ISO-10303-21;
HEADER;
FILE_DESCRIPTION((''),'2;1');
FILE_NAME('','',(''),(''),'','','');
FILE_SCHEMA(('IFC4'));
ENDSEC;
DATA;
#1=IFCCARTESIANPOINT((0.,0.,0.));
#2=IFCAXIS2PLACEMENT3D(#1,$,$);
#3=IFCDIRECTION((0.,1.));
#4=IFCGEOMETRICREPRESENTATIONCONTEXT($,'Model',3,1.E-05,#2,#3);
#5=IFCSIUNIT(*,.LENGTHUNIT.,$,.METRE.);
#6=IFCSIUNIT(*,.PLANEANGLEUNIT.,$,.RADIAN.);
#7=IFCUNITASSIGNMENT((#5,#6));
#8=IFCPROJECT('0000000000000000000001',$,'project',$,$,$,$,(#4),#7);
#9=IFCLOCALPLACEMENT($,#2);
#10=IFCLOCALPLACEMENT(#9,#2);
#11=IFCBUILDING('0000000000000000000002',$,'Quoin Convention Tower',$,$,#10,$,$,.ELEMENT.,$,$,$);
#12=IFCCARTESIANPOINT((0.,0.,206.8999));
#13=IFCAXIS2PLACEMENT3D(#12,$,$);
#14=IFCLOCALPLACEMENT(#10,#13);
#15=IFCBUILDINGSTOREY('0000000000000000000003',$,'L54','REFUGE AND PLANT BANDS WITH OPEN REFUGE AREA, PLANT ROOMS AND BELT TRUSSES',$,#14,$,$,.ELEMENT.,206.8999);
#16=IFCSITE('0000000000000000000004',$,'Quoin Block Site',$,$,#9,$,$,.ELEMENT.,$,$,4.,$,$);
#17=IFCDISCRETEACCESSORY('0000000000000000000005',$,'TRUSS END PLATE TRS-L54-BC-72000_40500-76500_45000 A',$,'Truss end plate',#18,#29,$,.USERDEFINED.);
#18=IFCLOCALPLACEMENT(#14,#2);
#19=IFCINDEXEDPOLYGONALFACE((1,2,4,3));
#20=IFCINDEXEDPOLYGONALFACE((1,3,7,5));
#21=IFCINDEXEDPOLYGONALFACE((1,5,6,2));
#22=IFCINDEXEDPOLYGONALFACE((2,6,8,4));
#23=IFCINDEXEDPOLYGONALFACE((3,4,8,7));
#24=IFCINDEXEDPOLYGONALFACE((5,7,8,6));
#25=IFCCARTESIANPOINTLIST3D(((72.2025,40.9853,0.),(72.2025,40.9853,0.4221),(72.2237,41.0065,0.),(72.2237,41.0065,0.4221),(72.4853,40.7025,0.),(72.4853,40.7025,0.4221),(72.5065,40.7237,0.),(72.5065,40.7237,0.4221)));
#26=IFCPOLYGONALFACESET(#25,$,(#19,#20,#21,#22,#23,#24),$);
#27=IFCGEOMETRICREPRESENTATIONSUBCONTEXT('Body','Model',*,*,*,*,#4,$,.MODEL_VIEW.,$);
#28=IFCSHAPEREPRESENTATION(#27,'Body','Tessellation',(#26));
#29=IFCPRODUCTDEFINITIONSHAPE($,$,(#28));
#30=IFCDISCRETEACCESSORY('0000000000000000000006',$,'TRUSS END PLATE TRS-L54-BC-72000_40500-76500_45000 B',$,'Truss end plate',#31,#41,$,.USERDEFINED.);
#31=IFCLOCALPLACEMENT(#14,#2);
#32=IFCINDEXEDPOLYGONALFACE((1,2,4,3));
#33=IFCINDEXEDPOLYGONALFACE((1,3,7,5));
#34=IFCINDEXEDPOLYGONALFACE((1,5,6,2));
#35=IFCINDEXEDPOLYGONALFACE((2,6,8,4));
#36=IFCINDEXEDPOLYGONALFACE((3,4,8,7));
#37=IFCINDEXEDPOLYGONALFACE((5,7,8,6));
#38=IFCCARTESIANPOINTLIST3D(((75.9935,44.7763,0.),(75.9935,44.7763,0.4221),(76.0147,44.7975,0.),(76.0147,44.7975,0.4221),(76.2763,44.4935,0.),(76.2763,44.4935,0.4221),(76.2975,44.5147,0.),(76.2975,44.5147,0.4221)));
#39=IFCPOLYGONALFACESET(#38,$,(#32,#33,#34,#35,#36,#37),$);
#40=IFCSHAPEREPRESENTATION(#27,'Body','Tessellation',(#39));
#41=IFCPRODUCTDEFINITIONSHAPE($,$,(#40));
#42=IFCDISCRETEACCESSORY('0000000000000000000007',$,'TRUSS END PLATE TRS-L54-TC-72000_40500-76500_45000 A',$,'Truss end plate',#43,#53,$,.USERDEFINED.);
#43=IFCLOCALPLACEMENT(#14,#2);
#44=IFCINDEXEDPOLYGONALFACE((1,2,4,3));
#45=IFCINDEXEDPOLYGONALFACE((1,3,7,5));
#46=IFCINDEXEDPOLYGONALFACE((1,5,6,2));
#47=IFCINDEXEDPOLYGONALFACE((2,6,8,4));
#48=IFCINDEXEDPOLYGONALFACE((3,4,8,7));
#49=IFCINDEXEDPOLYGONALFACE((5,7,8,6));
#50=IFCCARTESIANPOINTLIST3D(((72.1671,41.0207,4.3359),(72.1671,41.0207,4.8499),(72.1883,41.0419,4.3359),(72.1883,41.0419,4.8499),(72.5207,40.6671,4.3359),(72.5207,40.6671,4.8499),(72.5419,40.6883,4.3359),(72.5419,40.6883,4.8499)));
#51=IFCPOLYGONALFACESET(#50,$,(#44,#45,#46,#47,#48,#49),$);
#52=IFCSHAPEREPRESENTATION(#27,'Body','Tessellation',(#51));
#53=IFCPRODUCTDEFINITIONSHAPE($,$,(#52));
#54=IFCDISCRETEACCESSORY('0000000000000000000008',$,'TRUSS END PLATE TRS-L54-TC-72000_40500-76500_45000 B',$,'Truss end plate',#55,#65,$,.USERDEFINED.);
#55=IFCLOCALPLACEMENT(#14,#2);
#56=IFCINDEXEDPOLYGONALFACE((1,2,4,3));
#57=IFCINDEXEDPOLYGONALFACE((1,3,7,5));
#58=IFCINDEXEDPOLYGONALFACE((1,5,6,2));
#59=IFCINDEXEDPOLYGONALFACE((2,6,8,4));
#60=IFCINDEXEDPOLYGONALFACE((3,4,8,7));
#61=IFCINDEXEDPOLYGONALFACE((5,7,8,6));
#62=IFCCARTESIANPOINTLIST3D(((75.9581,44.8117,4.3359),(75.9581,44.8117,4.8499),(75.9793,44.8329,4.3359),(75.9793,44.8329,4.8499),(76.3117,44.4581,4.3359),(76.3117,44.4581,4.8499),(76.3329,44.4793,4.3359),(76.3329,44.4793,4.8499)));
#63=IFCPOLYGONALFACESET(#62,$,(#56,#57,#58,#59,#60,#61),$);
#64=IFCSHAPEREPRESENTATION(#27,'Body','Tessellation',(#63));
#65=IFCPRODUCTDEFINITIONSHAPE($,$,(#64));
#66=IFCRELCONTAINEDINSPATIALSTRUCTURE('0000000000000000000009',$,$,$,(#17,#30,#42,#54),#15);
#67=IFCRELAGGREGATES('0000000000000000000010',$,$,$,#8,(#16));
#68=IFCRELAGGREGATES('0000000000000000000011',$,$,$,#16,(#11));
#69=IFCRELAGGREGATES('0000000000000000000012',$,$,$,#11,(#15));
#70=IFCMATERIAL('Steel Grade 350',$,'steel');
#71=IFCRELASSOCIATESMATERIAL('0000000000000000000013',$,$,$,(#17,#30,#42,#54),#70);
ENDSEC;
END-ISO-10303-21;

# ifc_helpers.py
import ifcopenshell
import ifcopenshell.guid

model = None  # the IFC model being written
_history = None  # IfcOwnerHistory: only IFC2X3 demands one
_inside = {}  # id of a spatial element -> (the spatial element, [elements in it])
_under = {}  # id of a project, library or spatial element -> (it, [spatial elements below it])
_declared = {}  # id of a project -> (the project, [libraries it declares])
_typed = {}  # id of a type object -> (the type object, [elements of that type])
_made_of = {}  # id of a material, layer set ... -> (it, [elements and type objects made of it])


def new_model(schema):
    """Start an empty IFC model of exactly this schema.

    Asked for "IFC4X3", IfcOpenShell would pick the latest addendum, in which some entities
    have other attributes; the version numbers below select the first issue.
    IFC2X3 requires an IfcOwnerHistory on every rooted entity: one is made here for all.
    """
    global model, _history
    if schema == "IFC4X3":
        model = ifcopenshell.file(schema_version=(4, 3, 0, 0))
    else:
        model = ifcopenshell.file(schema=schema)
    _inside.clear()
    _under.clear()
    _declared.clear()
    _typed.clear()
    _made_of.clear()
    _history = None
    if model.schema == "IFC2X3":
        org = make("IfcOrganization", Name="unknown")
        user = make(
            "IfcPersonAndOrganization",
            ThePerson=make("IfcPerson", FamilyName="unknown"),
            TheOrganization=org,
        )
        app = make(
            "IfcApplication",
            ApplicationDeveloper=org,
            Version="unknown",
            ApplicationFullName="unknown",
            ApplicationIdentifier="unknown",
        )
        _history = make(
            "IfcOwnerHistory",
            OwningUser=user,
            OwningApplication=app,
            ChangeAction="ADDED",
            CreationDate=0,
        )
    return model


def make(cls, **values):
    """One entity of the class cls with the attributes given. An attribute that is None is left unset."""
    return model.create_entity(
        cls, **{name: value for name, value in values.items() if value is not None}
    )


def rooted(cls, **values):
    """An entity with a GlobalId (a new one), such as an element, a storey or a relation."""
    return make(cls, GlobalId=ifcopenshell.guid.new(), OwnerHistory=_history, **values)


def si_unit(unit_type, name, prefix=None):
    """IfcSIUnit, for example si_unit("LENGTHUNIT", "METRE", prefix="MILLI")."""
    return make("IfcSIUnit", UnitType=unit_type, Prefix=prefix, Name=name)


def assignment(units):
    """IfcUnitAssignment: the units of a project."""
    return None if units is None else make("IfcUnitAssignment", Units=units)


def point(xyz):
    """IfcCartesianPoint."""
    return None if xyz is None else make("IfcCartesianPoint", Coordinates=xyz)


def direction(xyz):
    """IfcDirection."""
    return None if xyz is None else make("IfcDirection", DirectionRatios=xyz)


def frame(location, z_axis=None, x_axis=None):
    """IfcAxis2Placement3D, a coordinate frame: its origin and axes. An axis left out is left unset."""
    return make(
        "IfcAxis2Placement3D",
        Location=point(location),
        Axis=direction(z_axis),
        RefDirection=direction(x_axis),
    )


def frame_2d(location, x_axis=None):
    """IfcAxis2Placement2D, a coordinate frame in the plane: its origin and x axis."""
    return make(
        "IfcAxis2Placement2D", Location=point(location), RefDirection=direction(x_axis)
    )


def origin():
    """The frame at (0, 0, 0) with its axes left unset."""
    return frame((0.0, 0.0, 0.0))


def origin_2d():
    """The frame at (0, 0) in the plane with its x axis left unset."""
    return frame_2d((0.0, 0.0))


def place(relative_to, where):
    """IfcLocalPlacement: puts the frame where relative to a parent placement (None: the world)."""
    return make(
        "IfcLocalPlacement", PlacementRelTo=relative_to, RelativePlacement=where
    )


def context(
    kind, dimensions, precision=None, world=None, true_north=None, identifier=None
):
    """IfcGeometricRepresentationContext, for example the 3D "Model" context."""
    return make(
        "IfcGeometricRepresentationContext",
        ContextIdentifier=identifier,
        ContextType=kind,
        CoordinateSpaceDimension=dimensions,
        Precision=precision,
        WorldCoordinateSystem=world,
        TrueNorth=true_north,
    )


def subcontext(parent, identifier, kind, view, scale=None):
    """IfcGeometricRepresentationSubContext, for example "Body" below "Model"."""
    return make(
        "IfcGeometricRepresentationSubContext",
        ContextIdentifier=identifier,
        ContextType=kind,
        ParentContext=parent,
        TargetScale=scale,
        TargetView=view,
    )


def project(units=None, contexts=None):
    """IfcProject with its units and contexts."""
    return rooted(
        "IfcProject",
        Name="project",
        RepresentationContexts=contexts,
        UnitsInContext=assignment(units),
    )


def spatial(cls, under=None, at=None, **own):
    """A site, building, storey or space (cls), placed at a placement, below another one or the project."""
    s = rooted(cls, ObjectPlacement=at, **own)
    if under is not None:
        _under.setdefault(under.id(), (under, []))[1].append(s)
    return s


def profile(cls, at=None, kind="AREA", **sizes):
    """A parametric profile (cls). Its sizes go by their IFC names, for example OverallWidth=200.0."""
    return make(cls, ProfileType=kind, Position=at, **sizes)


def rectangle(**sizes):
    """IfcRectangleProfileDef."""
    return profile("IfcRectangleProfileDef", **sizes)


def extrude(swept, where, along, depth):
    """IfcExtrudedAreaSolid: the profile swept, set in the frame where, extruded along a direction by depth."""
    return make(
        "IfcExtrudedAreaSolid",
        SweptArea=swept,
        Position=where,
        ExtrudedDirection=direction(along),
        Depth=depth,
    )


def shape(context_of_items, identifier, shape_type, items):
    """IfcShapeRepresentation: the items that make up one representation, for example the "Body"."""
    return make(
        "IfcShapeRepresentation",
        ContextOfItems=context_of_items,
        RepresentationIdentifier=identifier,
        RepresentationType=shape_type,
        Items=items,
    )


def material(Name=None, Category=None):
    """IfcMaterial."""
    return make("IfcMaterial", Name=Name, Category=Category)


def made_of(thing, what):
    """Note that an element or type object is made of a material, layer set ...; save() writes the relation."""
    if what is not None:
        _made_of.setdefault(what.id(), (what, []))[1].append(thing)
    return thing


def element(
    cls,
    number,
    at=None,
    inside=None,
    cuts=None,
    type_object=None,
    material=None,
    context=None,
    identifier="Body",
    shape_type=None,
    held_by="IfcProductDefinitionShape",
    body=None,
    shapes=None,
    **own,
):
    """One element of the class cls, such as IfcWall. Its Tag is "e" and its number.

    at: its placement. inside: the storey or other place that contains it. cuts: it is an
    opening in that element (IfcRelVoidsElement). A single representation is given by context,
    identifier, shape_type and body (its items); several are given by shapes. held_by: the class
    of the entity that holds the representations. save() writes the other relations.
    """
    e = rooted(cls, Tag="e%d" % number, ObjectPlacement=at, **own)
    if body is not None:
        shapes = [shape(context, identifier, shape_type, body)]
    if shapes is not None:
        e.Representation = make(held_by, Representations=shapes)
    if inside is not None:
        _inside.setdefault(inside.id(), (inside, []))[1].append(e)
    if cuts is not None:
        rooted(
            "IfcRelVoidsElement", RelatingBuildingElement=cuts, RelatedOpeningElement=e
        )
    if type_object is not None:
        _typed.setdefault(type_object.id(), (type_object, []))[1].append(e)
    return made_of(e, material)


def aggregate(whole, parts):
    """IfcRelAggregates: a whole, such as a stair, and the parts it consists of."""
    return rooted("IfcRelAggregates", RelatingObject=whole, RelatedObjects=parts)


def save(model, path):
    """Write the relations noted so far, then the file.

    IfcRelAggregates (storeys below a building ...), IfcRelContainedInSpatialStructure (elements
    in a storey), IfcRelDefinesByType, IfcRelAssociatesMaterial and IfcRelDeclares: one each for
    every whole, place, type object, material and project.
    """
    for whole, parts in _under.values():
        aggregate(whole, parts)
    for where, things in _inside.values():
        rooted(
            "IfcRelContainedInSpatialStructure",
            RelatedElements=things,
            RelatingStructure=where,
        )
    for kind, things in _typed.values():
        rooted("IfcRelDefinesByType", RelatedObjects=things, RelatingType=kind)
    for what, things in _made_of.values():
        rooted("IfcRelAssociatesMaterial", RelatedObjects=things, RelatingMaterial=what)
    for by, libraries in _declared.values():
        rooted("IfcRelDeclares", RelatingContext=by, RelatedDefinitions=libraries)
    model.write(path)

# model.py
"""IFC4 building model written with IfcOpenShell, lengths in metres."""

from ifc_helpers import new_model, si_unit, direction, frame, origin, origin_2d, place, context, subcontext, project, spatial, rectangle, extrude, material, element, save


model = new_model("IFC4")

# Units and contexts
model_context = context("Model", 3, precision=1e-05, world=origin(), true_north=direction((0.0, 1.0)))
body_context = subcontext(model_context, "Body", "Model", "MODEL_VIEW")
ifc_project = project(units=[si_unit("LENGTHUNIT", "METRE"), si_unit("PLANEANGLEUNIT", "RADIAN")], contexts=[model_context])

# Site, building, storey
site_placement = place(None, origin())
site = spatial("IfcSite", under=ifc_project, at=site_placement, Name="Quoin Block Site", CompositionType="ELEMENT", RefElevation=4.0)
building_placement = place(site_placement, origin())
building = spatial("IfcBuilding", under=site, at=building_placement, Name="Quoin Convention Tower", CompositionType="ELEMENT")
storey_placement = place(building_placement, frame((0.0, 0.0, 206.8999)))
storey = spatial("IfcBuildingStorey", under=building, at=storey_placement, Name="L54", Description="REFUGE AND PLANT BANDS WITH OPEN REFUGE AREA, PLANT ROOMS AND BELT TRUSSES", CompositionType="ELEMENT", Elevation=206.8999)

# Discrete accessories
ifc_material_1 = material(Name="Steel Grade 350", Category="steel")
for number, where, z_axis, x_axis, name in (
    (1, (72.3545, 40.8545, 0.0), (0.0, 0.0, 1.0), (-0.707107, -0.707107, 0.0), "TRUSS END PLATE TRS-L54-BC-72000_40500-76500_45000 A"),
    (2, (76.1455, 44.6455, 0.0), (0.0, 0.0, 1.0), (0.707107, 0.707107, 0.0), "TRUSS END PLATE TRS-L54-BC-72000_40500-76500_45000 B"),
):
    element("IfcDiscreteAccessory", number, at=place(storey_placement, frame(where, z_axis=z_axis, x_axis=x_axis)), inside=storey, material=ifc_material_1, Name=name, ObjectType="Truss end plate", PredefinedType="USERDEFINED", context=body_context, shape_type="SweptSolid", body=[
        extrude(rectangle(XDim=0.03, YDim=0.3999, at=origin_2d()), origin(), (0.0, 0.0, 1.0), 0.4221),
    ])
for number, where, z_axis, x_axis, name in (
    (3, (72.3545, 40.8545, 4.3359), (0.0, 0.0, 1.0), (-0.707107, -0.707107, 0.0), "TRUSS END PLATE TRS-L54-TC-72000_40500-76500_45000 A"),
    (4, (76.1455, 44.6455, 4.3359), (0.0, 0.0, 1.0), (0.707107, 0.707107, 0.0), "TRUSS END PLATE TRS-L54-TC-72000_40500-76500_45000 B"),
):
    element("IfcDiscreteAccessory", number, at=place(storey_placement, frame(where, z_axis=z_axis, x_axis=x_axis)), inside=storey, material=ifc_material_1, Name=name, ObjectType="Truss end plate", PredefinedType="USERDEFINED", context=body_context, shape_type="SweptSolid", body=[
        extrude(rectangle(XDim=0.03, YDim=0.5, at=origin_2d()), origin(), (0.0, 0.0, 1.0), 0.5139),
    ])

save(model, "model.ifc")
